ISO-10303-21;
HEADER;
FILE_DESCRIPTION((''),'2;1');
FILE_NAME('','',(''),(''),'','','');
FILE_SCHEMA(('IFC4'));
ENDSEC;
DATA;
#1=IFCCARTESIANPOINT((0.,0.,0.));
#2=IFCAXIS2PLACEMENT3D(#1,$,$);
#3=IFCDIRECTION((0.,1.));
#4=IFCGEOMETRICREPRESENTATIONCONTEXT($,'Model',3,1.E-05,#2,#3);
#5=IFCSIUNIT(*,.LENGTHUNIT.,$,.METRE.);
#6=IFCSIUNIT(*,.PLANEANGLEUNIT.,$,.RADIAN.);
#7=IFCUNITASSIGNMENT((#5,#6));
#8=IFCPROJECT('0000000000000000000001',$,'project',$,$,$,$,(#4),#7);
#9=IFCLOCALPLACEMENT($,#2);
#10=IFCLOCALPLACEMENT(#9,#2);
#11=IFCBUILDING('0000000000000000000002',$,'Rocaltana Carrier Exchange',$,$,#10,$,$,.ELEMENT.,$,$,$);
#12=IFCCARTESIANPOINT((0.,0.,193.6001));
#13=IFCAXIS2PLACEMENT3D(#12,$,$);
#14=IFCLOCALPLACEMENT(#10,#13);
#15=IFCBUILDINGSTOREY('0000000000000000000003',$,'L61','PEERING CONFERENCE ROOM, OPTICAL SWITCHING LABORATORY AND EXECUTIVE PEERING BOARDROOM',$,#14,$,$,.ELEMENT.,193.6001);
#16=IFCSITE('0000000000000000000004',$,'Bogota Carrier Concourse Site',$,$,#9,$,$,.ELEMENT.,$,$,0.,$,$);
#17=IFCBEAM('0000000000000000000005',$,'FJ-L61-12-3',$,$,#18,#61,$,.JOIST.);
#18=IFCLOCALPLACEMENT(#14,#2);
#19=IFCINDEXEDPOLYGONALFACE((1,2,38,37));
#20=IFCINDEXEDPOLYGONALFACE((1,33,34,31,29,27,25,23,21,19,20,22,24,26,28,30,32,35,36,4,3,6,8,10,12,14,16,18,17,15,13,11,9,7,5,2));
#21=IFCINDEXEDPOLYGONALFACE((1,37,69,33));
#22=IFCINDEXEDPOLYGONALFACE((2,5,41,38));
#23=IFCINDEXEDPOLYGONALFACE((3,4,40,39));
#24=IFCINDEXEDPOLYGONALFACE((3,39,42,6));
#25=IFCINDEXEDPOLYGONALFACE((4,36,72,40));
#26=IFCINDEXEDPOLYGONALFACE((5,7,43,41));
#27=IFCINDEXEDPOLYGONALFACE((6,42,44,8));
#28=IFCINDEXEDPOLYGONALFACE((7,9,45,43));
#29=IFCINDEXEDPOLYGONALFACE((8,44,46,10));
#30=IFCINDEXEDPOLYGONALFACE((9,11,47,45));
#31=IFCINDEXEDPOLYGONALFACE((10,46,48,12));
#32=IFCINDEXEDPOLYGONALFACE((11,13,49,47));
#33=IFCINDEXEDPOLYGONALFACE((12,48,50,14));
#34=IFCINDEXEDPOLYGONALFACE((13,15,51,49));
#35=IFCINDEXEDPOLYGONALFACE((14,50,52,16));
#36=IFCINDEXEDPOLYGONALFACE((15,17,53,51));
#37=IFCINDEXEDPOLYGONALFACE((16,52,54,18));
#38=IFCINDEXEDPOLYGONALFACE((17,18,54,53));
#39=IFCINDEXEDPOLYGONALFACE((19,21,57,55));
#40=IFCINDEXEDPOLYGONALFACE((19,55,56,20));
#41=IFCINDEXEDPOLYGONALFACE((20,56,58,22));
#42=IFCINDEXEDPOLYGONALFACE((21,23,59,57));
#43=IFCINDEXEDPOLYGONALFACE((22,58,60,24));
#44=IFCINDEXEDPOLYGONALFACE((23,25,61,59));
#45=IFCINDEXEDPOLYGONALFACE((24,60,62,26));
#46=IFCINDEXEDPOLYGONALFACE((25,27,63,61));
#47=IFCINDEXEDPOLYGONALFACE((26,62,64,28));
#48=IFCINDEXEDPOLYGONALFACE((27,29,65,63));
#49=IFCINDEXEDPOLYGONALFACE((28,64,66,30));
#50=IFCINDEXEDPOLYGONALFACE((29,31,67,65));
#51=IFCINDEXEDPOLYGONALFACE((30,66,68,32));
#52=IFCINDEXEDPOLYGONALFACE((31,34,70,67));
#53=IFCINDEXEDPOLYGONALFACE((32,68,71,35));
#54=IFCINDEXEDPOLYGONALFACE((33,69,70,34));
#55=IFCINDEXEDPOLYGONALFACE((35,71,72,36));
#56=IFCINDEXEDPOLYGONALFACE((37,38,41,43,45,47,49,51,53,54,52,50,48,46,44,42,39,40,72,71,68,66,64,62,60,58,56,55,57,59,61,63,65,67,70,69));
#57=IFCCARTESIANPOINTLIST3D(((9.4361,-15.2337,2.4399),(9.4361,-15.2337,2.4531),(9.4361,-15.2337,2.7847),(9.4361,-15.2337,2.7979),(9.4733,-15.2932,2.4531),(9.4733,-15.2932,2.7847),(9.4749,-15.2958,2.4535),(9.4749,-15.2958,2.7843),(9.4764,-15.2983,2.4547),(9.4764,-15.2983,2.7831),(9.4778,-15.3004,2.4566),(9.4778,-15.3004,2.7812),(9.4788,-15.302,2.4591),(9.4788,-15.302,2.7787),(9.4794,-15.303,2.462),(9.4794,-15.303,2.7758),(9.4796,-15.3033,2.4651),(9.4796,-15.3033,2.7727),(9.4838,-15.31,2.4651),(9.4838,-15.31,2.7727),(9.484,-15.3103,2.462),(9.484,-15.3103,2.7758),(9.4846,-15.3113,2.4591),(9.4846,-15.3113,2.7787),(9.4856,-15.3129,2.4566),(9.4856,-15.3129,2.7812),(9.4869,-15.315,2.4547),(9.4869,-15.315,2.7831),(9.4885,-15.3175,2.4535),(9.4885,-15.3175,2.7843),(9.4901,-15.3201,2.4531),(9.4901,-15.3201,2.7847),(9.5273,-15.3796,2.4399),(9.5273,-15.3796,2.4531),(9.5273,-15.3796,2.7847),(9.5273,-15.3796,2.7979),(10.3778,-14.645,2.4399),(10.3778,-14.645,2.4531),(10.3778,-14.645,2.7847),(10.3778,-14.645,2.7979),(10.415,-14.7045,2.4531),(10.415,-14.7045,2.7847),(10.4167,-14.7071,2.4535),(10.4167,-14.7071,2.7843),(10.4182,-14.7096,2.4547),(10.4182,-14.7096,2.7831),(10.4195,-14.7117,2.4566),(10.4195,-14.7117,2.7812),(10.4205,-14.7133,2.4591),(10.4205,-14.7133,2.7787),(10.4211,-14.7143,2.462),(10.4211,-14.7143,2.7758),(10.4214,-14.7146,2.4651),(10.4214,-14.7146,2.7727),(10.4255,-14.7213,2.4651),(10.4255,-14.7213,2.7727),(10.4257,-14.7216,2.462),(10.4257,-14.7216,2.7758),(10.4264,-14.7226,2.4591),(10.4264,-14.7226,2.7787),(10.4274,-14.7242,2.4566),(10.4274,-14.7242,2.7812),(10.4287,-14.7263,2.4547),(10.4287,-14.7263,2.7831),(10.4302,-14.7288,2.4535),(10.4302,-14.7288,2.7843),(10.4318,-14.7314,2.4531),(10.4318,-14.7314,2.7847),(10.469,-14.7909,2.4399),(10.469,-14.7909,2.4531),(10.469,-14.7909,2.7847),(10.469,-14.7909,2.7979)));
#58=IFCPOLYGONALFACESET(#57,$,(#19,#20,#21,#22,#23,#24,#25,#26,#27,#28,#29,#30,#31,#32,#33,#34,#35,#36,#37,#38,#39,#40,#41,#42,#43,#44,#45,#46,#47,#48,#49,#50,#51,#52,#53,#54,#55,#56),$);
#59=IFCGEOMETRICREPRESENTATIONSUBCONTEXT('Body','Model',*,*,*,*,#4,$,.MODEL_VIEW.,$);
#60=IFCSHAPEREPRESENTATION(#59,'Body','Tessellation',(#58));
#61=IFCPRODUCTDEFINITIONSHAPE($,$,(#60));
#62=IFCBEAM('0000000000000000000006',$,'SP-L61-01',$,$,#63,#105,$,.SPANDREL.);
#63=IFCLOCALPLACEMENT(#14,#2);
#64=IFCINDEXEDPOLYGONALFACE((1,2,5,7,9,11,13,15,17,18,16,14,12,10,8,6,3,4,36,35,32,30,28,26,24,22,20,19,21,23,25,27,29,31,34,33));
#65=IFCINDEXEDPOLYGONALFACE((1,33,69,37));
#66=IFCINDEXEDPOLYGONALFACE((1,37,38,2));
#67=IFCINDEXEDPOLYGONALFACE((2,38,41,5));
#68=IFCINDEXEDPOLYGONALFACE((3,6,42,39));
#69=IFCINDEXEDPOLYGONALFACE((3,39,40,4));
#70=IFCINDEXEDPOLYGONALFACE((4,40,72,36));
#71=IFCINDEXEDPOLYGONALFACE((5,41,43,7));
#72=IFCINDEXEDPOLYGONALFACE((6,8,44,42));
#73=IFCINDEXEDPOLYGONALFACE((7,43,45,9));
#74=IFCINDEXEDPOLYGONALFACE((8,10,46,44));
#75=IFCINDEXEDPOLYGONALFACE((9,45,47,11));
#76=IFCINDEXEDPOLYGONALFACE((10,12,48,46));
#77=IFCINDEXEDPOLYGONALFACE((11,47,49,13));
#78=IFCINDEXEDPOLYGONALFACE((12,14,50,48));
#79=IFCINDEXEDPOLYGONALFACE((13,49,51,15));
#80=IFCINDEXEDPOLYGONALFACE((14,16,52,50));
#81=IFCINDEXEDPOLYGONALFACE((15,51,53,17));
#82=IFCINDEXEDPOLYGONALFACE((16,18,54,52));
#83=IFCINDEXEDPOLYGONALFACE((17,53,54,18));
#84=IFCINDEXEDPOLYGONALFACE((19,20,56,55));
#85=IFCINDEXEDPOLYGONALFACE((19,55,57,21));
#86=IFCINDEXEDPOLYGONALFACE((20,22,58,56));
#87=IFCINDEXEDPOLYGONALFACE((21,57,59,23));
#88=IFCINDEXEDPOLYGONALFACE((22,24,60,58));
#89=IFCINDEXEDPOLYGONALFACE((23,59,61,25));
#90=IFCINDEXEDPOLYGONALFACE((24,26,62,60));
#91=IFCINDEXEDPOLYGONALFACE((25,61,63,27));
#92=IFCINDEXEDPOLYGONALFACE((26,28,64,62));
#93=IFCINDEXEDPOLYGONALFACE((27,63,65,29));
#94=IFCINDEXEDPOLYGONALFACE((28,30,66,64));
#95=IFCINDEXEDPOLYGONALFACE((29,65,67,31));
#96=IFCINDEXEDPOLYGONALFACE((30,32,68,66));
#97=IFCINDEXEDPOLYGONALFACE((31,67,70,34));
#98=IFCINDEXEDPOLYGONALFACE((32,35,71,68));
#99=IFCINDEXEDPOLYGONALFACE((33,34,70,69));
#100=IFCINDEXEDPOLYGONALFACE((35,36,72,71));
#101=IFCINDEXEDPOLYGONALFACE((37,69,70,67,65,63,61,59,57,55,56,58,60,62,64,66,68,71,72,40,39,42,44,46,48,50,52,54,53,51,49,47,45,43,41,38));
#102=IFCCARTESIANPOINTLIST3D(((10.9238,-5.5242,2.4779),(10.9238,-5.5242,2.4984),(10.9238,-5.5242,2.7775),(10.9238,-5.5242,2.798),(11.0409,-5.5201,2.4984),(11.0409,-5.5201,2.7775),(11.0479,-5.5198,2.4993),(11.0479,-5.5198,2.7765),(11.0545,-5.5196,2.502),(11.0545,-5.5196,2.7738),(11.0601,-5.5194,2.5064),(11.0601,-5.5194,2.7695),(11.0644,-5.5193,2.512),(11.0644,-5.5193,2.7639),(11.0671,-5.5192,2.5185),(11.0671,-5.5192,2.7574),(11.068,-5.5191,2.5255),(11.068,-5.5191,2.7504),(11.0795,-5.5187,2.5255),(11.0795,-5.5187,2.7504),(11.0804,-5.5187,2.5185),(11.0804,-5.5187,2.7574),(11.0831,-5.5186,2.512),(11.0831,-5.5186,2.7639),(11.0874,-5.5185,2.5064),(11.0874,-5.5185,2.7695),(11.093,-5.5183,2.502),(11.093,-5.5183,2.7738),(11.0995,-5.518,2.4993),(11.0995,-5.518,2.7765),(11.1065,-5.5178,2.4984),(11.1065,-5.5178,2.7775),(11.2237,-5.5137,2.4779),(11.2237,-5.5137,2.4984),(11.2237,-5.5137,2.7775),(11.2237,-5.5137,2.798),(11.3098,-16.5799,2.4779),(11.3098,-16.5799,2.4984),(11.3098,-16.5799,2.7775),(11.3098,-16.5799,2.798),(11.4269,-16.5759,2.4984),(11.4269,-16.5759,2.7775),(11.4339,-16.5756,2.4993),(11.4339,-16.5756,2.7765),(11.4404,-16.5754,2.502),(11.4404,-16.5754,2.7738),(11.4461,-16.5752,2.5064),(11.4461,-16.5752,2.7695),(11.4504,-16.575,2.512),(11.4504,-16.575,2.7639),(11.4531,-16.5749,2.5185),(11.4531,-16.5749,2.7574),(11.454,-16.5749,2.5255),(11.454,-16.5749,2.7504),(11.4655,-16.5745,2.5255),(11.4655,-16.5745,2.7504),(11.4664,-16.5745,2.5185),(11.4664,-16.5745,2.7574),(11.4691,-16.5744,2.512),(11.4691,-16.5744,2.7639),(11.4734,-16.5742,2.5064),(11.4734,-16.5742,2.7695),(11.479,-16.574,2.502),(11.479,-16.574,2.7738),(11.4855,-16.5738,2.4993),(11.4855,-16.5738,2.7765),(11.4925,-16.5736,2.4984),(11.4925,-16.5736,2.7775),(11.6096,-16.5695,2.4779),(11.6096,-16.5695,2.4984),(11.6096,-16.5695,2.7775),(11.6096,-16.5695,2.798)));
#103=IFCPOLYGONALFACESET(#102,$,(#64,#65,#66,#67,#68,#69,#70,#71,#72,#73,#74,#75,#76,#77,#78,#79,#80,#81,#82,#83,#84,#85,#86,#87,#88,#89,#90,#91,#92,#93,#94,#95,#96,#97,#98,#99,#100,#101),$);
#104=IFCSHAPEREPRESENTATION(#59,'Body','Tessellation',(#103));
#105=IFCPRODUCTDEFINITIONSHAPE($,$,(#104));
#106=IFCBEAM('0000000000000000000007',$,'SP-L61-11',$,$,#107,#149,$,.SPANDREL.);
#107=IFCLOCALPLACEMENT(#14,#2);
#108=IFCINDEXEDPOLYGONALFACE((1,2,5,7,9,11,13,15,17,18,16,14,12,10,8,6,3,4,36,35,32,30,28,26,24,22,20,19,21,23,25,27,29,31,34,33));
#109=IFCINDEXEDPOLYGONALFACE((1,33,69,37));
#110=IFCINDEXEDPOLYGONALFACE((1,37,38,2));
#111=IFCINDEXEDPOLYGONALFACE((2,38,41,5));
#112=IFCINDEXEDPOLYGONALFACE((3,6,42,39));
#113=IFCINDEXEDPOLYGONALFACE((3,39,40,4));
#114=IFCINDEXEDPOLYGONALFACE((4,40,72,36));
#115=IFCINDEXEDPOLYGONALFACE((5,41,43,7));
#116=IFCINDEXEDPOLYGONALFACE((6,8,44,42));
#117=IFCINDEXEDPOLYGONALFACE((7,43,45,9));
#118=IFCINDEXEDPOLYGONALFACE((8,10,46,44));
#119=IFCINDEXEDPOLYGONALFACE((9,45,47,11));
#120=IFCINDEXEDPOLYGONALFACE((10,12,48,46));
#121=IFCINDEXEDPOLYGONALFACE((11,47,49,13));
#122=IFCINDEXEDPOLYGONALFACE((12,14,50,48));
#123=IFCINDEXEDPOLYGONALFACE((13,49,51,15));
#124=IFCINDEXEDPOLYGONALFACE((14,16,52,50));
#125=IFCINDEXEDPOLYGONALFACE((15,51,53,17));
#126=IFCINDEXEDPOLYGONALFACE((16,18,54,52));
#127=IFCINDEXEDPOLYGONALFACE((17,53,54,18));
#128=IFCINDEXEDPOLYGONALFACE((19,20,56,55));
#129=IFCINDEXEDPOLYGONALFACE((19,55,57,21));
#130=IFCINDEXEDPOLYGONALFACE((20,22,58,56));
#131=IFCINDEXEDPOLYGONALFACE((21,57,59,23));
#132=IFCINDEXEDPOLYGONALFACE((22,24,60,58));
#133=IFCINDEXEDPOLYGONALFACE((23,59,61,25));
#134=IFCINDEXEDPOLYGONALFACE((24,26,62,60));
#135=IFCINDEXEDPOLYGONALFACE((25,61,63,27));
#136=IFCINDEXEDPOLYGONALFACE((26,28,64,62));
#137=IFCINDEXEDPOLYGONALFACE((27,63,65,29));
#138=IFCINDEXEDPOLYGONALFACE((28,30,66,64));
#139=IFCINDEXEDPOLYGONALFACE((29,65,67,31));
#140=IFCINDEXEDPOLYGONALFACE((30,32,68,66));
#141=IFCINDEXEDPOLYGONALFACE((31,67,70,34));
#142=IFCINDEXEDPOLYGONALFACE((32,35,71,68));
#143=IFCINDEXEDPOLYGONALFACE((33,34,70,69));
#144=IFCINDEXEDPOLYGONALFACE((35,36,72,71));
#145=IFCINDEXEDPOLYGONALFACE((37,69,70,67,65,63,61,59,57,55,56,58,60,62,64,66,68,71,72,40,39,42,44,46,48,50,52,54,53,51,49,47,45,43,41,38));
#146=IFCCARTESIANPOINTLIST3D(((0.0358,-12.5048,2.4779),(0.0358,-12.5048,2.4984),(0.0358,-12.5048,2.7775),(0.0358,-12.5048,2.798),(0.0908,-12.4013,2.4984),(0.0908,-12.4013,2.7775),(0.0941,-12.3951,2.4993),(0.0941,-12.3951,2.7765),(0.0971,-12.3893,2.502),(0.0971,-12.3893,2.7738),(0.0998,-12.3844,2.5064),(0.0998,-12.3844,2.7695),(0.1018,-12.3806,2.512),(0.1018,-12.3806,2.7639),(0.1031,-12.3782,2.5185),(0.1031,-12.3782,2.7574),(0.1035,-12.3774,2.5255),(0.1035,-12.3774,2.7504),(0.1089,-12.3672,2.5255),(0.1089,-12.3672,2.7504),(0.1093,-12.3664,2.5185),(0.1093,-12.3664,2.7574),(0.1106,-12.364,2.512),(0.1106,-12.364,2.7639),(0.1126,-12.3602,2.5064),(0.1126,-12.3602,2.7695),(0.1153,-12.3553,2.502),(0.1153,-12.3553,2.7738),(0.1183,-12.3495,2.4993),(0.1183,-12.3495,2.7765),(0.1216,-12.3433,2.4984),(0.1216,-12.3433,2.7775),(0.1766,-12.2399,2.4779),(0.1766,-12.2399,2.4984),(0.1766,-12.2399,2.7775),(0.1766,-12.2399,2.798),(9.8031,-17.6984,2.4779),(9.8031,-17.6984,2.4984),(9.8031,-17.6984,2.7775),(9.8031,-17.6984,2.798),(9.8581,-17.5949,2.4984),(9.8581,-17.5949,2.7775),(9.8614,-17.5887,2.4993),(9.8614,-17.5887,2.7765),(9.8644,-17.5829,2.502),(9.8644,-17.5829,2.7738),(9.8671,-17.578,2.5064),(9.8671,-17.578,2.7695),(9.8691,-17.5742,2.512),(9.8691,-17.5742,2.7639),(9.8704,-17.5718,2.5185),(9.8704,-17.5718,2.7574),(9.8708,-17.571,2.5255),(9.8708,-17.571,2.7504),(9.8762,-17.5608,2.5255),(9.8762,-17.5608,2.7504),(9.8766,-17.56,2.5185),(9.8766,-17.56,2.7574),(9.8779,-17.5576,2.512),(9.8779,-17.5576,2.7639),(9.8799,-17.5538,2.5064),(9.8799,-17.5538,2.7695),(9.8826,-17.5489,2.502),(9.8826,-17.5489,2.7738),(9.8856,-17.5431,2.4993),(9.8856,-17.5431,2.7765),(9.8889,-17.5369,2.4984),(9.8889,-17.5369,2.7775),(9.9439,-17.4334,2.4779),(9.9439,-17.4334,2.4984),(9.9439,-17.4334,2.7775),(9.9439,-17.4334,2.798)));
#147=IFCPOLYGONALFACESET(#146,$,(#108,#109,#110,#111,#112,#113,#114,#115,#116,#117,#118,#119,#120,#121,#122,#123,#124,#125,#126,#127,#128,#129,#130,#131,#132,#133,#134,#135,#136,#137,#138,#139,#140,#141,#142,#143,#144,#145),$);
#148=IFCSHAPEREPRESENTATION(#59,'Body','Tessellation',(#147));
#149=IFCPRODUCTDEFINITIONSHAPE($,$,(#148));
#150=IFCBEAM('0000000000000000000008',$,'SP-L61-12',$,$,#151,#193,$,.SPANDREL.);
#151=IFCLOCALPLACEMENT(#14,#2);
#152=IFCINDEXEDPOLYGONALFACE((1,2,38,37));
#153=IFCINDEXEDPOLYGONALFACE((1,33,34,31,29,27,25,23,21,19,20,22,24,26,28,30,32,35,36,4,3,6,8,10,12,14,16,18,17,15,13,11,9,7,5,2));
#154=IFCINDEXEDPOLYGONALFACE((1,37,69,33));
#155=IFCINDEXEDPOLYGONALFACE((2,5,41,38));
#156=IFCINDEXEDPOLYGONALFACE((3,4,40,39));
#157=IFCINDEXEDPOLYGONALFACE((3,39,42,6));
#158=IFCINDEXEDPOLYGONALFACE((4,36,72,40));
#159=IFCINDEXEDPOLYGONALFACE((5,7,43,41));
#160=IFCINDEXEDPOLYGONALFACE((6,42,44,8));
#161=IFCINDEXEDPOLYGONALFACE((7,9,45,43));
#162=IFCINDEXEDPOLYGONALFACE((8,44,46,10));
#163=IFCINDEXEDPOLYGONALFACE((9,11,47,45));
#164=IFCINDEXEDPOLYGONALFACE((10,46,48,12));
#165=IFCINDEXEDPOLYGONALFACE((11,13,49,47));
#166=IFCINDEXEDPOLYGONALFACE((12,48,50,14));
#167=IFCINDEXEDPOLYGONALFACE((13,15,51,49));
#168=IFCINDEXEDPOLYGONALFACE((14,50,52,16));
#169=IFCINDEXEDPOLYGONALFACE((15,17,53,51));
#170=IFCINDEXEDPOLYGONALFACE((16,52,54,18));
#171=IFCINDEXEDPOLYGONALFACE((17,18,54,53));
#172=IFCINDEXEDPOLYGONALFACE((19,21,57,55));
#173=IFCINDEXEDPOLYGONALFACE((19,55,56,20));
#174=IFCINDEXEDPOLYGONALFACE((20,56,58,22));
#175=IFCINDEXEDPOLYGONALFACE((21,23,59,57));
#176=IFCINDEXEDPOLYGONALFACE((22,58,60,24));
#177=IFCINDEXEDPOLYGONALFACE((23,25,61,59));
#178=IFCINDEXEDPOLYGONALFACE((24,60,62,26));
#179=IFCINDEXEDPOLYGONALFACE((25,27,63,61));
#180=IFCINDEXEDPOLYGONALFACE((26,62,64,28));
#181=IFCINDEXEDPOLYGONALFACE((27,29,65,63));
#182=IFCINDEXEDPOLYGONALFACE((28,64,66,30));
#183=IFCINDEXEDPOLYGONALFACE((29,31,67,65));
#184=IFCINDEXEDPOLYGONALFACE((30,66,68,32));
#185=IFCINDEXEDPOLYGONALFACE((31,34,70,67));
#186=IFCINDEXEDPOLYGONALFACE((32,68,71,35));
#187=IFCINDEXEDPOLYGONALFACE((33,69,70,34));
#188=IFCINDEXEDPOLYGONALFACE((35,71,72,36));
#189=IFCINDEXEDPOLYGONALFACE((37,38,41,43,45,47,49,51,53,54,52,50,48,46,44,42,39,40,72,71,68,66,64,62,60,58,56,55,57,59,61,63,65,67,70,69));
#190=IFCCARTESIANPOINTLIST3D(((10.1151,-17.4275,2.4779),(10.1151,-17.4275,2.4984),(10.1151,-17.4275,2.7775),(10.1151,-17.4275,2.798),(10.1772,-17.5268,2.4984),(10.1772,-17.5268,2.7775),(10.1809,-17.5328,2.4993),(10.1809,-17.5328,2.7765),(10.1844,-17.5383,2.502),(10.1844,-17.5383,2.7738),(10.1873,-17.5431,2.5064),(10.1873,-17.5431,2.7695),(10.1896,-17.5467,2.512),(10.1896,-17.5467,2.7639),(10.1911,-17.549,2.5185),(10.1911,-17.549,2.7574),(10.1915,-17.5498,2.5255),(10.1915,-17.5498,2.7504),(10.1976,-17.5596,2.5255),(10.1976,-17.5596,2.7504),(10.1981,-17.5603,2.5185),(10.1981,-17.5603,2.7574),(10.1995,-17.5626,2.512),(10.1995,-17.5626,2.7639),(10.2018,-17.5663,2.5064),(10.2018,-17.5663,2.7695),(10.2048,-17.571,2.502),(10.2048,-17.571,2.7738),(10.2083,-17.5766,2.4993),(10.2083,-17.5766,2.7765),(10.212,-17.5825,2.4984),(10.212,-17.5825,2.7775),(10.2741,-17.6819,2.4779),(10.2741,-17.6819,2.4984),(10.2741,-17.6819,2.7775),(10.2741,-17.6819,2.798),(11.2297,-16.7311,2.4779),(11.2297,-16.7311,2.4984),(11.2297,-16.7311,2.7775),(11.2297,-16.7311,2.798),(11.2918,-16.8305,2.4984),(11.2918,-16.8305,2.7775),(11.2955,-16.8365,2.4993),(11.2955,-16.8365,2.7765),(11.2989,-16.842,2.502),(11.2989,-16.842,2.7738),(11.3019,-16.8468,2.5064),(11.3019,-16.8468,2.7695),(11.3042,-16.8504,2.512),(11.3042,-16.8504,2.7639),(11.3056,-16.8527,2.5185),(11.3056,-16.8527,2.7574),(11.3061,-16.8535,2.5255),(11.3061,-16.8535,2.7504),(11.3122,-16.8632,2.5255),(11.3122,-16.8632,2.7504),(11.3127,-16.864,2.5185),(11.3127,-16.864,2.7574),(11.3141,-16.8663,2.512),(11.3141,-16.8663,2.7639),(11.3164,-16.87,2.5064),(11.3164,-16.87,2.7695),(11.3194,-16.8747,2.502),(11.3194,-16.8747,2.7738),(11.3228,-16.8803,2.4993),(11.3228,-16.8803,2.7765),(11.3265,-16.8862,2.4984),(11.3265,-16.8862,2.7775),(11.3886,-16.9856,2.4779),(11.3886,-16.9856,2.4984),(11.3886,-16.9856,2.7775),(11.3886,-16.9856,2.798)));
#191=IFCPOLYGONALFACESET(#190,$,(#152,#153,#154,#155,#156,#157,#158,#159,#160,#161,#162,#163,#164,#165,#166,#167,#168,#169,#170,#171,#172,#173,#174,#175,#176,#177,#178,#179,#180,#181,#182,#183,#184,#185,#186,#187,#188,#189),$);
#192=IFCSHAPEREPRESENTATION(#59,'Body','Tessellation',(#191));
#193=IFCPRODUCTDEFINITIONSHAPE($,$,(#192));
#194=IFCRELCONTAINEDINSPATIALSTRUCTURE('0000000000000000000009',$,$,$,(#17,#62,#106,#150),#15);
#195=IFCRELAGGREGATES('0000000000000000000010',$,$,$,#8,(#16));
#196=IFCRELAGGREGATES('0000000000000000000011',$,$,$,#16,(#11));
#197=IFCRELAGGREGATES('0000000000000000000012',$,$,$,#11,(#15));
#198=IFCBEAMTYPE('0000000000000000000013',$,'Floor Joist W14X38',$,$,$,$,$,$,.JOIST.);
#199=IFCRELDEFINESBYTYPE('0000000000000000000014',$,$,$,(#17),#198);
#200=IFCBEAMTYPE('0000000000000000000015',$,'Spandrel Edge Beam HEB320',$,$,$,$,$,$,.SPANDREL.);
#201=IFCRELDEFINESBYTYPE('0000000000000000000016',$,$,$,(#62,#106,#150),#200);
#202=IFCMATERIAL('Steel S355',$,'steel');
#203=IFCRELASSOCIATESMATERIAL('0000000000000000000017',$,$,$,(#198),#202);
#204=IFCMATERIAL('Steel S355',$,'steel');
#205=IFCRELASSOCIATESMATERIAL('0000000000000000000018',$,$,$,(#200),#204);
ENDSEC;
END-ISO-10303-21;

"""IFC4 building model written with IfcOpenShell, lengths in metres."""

from ifc_helpers import new_model, si_unit, direction, frame, origin, origin_2d, place, context, subcontext, project, spatial, i_section, extrude, material, material_profile, profile_set, type_object, element, save


model = new_model("IFC4")

# Units and contexts
model_context = context("Model", 3, precision=1e-05, world=origin(), true_north=direction((0.0, 1.0)))
body_context = subcontext(model_context, "Body", "Model", "MODEL_VIEW")
ifc_project = project(units=[si_unit("LENGTHUNIT", "METRE"), si_unit("PLANEANGLEUNIT", "RADIAN")], contexts=[model_context])

# Site, building, storey
site_placement = place(None, origin())
site = spatial("IfcSite", under=ifc_project, at=site_placement, Name="Bogota Carrier Concourse Site", CompositionType="ELEMENT", RefElevation=0.0)
building_placement = place(site_placement, origin())
building = spatial("IfcBuilding", under=site, at=building_placement, Name="Rocaltana Carrier Exchange", CompositionType="ELEMENT")
storey_placement = place(building_placement, frame((0.0, 0.0, 193.6001)))
storey = spatial("IfcBuildingStorey", under=building, at=storey_placement, Name="L61", Description="PEERING CONFERENCE ROOM, OPTICAL SWITCHING LABORATORY AND EXECUTIVE PEERING BOARDROOM", CompositionType="ELEMENT", Elevation=193.6001)

# Beams
ifc_material_1 = material(Name="Steel S355", Category="steel")
ifc_material_profile_1 = material_profile(ifc_material_1, i_section(OverallWidth=0.1721, OverallDepth=0.3579, WebThickness=0.0078, FlangeThickness=0.0132, FilletRadius=0.012, at=origin_2d()), Name="W14X38")
ifc_profile_set_1 = profile_set([ifc_material_profile_1], Name="Steel S355")
beam_type_1 = type_object("IfcBeamType", Name="Floor Joist W14X38", PredefinedType="JOIST", material=ifc_profile_set_1)
beam_1_placement = place(storey_placement, frame((9.4817, -15.3066, 2.6189), z_axis=(0.847961, 0.530058, 0.0), x_axis=(-0.530058, 0.847961, 0.0)))
element("IfcBeam", 1, at=beam_1_placement, inside=storey, type_object=beam_type_1, Name="FJ-L61-12-3", PredefinedType="JOIST", context=body_context, shape_type="SweptSolid", body=[
    extrude(i_section(OverallWidth=0.1721, OverallDepth=0.3579, WebThickness=0.0078, FlangeThickness=0.0132, FilletRadius=0.012, at=origin_2d()), origin(), (0.0, 0.0, 1.0), 1.1106),
])
ifc_material_2 = material(Name="Steel S355", Category="steel")
ifc_material_profile_2 = material_profile(ifc_material_2, i_section(OverallWidth=0.3, OverallDepth=0.3201, WebThickness=0.0115, FlangeThickness=0.0205, FilletRadius=0.0271, at=origin_2d()), Name="HEB320")
ifc_profile_set_2 = profile_set([ifc_material_profile_2], Name="Steel S355")
beam_type_2 = type_object("IfcBeamType", Name="Spandrel Edge Beam HEB320", PredefinedType="SPANDREL", material=ifc_profile_set_2)
beam_2_placement = place(storey_placement, frame((11.4597, -16.5747, 2.6379), z_axis=(-0.034892, 0.999391, 0.0), x_axis=(-0.999391, -0.034892, 0.0)))
element("IfcBeam", 2, at=beam_2_placement, inside=storey, type_object=beam_type_2, Name="SP-L61-01", PredefinedType="SPANDREL", context=body_context, shape_type="SweptSolid", body=[
    extrude(i_section(OverallWidth=0.3, OverallDepth=0.3201, WebThickness=0.0115, FlangeThickness=0.0205, FilletRadius=0.0271, at=origin_2d()), origin(), (0.0, 0.0, 1.0), 11.0625),
])
beam_3_placement = place(storey_placement, frame((0.1062, -12.3723, 2.6379), z_axis=(0.882939, -0.469487, 0.0), x_axis=(0.469487, 0.882939, 0.0)))
element("IfcBeam", 3, at=beam_3_placement, inside=storey, type_object=beam_type_2, Name="SP-L61-11", PredefinedType="SPANDREL", context=body_context, shape_type="SweptSolid", body=[
    extrude(i_section(OverallWidth=0.3, OverallDepth=0.3201, WebThickness=0.0115, FlangeThickness=0.0205, FilletRadius=0.0271, at=origin_2d()), origin(), (0.0, 0.0, 1.0), 11.0623),
])
beam_4_placement = place(storey_placement, frame((10.1946, -17.5547, 2.6379), z_axis=(0.848092, 0.529849, 0.0), x_axis=(-0.529849, 0.848092, 0.0)))
element("IfcBeam", 4, at=beam_4_placement, inside=storey, type_object=beam_type_2, Name="SP-L61-12", PredefinedType="SPANDREL", context=body_context, shape_type="SweptSolid", body=[
    extrude(i_section(OverallWidth=0.3, OverallDepth=0.3201, WebThickness=0.0115, FlangeThickness=0.0205, FilletRadius=0.0271, at=origin_2d()), origin(), (0.0, 0.0, 1.0), 1.3142),
])

save(model, "model.ifc")
